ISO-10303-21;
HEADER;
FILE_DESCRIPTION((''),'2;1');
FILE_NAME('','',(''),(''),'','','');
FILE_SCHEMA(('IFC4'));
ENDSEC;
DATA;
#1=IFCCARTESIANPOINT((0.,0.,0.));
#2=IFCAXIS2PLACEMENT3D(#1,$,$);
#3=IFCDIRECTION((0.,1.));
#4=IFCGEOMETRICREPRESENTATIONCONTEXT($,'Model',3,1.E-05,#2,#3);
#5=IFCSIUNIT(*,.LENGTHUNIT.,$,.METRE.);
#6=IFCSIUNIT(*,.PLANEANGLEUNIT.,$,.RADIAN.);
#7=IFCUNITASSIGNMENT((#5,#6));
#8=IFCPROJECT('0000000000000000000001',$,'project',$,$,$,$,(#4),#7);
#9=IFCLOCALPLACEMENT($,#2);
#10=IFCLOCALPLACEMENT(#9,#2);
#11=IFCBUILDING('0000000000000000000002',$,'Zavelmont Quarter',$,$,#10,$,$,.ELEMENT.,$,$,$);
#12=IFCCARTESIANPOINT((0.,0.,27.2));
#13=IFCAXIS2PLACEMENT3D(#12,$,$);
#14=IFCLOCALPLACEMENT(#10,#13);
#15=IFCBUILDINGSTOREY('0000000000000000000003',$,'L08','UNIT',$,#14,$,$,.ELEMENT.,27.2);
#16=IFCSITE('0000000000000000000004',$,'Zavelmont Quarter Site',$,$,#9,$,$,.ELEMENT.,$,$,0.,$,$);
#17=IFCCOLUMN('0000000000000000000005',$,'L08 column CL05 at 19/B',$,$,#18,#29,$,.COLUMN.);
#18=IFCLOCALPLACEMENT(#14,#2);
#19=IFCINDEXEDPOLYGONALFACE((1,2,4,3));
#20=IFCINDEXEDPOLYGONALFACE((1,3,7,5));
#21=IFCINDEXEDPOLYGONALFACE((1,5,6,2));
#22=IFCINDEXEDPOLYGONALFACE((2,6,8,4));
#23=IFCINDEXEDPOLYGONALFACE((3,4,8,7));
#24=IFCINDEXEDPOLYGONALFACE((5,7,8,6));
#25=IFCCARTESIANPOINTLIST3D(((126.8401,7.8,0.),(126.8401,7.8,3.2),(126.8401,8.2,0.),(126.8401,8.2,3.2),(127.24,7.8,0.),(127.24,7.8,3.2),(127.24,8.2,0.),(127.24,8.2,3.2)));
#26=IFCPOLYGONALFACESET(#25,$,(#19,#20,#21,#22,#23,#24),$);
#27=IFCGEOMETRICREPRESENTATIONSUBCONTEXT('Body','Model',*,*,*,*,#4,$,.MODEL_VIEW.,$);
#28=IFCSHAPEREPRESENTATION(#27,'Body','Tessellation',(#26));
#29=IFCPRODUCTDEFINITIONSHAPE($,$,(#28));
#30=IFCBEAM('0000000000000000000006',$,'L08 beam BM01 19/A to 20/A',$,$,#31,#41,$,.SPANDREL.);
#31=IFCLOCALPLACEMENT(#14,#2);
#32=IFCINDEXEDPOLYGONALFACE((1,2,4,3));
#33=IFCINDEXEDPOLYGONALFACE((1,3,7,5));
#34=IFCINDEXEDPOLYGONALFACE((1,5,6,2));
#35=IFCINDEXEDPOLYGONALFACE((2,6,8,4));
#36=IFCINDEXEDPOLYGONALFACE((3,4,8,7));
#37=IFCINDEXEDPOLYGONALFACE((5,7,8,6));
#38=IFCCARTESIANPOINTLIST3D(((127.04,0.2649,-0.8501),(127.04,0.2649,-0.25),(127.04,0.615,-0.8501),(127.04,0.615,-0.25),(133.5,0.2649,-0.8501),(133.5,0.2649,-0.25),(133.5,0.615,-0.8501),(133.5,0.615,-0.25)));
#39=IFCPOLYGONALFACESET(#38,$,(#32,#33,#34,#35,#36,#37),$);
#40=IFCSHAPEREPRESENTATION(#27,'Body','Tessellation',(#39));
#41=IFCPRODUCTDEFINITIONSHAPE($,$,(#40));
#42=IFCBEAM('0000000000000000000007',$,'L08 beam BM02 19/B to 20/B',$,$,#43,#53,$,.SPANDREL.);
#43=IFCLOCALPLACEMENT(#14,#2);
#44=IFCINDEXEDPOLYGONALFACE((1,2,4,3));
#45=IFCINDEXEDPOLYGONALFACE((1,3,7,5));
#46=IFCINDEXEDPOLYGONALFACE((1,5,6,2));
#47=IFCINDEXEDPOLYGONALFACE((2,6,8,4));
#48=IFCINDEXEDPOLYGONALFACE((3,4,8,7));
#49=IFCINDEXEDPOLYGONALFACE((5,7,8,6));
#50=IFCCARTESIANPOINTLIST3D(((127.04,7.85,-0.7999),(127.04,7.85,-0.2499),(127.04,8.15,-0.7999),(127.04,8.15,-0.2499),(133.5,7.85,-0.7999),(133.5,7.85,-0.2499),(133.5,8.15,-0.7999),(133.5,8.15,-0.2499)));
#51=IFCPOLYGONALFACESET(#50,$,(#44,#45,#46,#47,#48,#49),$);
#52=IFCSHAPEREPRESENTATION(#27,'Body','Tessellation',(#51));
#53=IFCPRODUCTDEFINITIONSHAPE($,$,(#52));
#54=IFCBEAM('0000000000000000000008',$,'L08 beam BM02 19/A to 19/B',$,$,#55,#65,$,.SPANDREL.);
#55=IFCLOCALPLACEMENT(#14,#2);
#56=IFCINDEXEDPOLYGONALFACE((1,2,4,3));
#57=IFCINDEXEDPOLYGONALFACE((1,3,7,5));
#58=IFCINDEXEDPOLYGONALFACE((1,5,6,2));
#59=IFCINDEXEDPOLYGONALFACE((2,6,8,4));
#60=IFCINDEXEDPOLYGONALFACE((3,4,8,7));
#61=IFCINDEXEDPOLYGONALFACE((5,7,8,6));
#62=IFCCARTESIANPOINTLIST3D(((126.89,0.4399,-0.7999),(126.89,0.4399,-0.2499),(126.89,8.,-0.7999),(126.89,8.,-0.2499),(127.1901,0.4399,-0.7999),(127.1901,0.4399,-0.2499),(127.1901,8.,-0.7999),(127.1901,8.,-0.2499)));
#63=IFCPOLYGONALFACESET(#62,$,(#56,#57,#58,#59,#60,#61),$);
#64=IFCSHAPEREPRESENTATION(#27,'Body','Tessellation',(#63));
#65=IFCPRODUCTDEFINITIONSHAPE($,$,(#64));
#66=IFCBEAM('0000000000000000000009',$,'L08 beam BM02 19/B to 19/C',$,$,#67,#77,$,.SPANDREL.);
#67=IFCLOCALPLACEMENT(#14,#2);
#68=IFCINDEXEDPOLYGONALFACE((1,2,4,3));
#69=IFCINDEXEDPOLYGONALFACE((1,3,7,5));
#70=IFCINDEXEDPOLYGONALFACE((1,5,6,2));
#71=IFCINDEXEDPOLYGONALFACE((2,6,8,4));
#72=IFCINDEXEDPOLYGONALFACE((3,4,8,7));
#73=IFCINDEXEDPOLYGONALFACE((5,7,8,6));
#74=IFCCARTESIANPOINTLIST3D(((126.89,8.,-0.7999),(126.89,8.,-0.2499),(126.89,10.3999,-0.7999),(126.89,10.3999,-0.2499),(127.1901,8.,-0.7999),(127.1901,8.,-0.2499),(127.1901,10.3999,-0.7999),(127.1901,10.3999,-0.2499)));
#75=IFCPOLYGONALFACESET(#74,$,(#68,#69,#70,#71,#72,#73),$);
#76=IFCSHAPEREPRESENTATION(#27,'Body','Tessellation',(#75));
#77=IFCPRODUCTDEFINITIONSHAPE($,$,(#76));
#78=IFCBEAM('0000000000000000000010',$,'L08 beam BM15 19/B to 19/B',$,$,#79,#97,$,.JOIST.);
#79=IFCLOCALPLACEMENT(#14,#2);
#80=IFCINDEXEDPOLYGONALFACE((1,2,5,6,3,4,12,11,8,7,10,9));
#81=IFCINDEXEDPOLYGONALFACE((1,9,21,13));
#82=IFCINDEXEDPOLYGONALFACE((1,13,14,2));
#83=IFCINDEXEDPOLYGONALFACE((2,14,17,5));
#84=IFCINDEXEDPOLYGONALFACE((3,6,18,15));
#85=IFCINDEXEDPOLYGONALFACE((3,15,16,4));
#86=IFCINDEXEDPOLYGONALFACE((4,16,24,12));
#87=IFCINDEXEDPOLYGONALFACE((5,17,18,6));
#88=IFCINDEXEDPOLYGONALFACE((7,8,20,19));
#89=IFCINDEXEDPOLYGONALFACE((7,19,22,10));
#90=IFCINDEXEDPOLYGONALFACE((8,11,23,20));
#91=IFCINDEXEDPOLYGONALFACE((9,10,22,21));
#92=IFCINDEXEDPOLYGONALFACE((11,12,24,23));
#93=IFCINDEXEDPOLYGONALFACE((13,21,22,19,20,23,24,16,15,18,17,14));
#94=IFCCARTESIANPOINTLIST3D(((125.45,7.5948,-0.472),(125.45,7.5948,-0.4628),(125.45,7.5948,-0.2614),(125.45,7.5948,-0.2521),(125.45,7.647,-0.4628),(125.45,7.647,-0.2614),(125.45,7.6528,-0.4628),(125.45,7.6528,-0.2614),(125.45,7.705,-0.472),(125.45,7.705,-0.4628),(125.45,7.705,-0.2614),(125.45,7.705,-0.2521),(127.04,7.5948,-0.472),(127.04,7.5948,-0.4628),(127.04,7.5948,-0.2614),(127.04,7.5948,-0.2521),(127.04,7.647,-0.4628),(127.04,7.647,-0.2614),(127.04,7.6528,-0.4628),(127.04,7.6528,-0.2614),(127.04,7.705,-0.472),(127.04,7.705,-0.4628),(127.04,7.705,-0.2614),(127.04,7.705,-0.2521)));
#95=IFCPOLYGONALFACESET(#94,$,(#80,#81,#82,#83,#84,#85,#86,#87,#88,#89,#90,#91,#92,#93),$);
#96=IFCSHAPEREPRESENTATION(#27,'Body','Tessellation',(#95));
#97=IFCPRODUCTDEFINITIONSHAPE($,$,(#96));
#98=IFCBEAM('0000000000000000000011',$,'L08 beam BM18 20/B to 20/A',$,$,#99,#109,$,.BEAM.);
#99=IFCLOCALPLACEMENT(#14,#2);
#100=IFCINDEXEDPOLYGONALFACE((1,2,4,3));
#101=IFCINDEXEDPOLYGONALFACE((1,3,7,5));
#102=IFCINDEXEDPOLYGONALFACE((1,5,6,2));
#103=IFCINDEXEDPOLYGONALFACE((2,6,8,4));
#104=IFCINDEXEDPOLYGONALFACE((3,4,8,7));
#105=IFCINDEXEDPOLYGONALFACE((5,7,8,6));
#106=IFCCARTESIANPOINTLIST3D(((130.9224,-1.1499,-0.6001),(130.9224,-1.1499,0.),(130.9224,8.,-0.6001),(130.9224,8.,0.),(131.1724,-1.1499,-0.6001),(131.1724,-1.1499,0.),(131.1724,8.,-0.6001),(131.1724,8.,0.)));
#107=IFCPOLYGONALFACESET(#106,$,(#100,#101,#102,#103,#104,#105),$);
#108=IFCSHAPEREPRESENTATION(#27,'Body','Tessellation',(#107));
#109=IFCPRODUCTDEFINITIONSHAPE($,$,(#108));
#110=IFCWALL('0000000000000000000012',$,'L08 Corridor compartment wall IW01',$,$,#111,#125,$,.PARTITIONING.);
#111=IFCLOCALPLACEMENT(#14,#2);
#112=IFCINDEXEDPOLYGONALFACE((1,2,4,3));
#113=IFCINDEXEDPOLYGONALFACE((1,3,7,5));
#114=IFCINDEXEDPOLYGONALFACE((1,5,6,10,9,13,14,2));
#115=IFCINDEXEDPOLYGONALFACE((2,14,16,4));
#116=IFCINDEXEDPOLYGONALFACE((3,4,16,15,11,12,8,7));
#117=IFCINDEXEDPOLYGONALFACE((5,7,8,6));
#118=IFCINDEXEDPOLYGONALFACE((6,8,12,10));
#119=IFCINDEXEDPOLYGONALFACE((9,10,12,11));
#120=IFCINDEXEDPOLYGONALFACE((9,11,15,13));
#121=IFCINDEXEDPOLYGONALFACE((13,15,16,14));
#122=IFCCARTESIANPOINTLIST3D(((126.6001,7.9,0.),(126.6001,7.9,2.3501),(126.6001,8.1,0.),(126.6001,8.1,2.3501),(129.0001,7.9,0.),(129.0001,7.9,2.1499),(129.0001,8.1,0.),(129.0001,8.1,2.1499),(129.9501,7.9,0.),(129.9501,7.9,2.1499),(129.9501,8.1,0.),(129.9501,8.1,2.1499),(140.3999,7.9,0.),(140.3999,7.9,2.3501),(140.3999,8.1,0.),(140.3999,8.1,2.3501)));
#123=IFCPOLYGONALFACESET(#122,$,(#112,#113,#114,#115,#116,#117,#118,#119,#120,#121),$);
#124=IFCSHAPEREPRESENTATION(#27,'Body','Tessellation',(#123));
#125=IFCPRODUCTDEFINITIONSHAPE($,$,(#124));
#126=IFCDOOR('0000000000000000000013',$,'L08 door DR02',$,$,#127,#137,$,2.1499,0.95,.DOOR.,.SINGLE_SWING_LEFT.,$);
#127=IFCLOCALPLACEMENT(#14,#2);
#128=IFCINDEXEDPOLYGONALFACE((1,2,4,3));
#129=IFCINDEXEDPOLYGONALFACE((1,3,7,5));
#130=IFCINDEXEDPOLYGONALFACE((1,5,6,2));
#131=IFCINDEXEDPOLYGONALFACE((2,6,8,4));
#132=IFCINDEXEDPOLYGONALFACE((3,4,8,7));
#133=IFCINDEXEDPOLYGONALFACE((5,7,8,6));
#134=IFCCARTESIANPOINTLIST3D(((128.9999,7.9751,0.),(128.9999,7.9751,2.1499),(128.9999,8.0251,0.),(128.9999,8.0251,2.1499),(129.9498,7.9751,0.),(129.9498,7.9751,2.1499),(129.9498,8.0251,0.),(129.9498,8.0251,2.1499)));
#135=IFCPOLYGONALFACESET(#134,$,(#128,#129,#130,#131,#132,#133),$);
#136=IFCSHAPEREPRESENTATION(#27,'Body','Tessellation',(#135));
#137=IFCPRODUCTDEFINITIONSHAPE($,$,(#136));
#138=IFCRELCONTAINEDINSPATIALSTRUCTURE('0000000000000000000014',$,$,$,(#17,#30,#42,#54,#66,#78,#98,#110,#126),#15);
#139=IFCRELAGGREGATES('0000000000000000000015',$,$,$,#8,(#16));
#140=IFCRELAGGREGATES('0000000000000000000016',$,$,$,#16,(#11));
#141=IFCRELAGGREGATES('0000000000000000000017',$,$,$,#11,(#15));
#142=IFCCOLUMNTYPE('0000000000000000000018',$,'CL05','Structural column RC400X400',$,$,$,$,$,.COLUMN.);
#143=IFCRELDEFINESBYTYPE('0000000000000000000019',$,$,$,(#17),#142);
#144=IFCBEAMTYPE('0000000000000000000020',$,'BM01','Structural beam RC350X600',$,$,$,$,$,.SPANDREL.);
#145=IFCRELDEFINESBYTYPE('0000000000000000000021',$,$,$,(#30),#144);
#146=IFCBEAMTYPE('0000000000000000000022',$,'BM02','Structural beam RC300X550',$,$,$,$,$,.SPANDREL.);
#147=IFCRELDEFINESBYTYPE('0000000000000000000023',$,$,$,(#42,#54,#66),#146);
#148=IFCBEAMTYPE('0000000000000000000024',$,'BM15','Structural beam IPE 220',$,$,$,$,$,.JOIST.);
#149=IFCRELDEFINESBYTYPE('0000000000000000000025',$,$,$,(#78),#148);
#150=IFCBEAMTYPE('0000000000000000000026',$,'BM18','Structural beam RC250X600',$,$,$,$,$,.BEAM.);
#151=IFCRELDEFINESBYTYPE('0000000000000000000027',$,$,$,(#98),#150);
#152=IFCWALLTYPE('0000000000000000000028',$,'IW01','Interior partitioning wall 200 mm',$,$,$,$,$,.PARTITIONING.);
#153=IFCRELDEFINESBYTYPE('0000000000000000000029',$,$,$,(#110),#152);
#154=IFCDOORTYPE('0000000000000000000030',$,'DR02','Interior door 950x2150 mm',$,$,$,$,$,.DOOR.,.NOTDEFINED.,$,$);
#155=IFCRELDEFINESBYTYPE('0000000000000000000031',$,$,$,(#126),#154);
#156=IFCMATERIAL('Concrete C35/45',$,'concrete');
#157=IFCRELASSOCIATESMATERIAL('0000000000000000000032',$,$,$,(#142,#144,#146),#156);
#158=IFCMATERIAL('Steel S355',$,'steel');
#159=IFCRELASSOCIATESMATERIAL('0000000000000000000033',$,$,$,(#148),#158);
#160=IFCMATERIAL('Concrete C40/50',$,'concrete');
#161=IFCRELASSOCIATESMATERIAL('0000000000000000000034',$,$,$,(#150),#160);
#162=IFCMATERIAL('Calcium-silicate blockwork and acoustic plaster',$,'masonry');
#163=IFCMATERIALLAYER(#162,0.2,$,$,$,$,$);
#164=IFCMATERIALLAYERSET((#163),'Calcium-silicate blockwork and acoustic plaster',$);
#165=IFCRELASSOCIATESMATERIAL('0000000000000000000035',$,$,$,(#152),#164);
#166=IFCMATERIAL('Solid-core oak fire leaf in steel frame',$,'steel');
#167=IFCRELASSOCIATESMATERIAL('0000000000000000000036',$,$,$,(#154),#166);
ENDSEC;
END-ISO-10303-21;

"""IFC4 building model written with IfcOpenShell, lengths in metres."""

from ifc_helpers import new_model, si_unit, direction, frame, frame_2d, origin, origin_2d, place, context, subcontext, project, spatial, rectangle, i_section, extrude, material, layer, layer_set, material_profile, profile_set, type_object, element, fill, save


model = new_model("IFC4")

# Units and contexts
model_context = context("Model", 3, precision=1e-05, world=origin(), true_north=direction((0.0, 1.0)))
body_context = subcontext(model_context, "Body", "Model", "MODEL_VIEW")
ifc_project = project(units=[si_unit("LENGTHUNIT", "METRE"), si_unit("PLANEANGLEUNIT", "RADIAN")], contexts=[model_context])

# Site, building, storey
site_placement = place(None, origin())
site = spatial("IfcSite", under=ifc_project, at=site_placement, Name="Zavelmont Quarter Site", CompositionType="ELEMENT", RefElevation=0.0)
building_placement = place(site_placement, origin())
building = spatial("IfcBuilding", under=site, at=building_placement, Name="Zavelmont Quarter", CompositionType="ELEMENT")
storey_placement = place(building_placement, frame((0.0, 0.0, 27.2)))
storey = spatial("IfcBuildingStorey", under=building, at=storey_placement, Name="L08", Description="UNIT", CompositionType="ELEMENT", Elevation=27.2)

# Column
ifc_material_1 = material(Name="Concrete C35/45", Category="concrete")
ifc_material_profile_1 = material_profile(ifc_material_1, rectangle(XDim=0.3999, YDim=0.3999, at=origin_2d()), Name="RC400X400")
ifc_profile_set_1 = profile_set([ifc_material_profile_1], Name="Concrete C35/45")
column_type = type_object("IfcColumnType", Name="CL05", Description="Structural column RC400X400", PredefinedType="COLUMN", material=ifc_profile_set_1)
column_placement = place(storey_placement, frame((127.04, 8.0, 0.0), z_axis=(0.0, 0.0, 1.0), x_axis=(1.0, 0.0, 0.0)))
element("IfcColumn", 1, at=column_placement, inside=storey, type_object=column_type, Name="L08 column CL05 at 19/B", PredefinedType="COLUMN", context=body_context, shape_type="SweptSolid", body=[
    extrude(rectangle(XDim=0.3999, YDim=0.3999, at=origin_2d()), origin(), (0.0, 0.0, 1.0), 3.2),
])

# Beams
ifc_material_profile_2 = material_profile(ifc_material_1, rectangle(XDim=0.3501, YDim=0.6001, at=origin_2d()), Name="RC350X600")
ifc_profile_set_2 = profile_set([ifc_material_profile_2], Name="Concrete C35/45")
beam_type_1 = type_object("IfcBeamType", Name="BM01", Description="Structural beam RC350X600", PredefinedType="SPANDREL", material=ifc_profile_set_2)
beam_1_placement = place(storey_placement, frame((127.04, 0.4399, -0.55), z_axis=(1.0, 0.0, 0.0), x_axis=(0.0, 1.0, 0.0)))
element("IfcBeam", 2, at=beam_1_placement, inside=storey, type_object=beam_type_1, Name="L08 beam BM01 19/A to 20/A", PredefinedType="SPANDREL", context=body_context, shape_type="SweptSolid", body=[
    extrude(rectangle(XDim=0.3501, YDim=0.6001, at=origin_2d()), origin(), (0.0, 0.0, 1.0), 6.46),
])
ifc_material_profile_3 = material_profile(ifc_material_1, rectangle(XDim=0.3, YDim=0.55, at=origin_2d()), Name="RC300X550")
ifc_profile_set_3 = profile_set([ifc_material_profile_3], Name="Concrete C35/45")
beam_type_2 = type_object("IfcBeamType", Name="BM02", Description="Structural beam RC300X550", PredefinedType="SPANDREL", material=ifc_profile_set_3)
beam_2_placement = place(storey_placement, frame((127.04, 8.0, -0.5249), z_axis=(1.0, 0.0, 0.0), x_axis=(0.0, 1.0, 0.0)))
element("IfcBeam", 3, at=beam_2_placement, inside=storey, type_object=beam_type_2, Name="L08 beam BM02 19/B to 20/B", PredefinedType="SPANDREL", context=body_context, shape_type="SweptSolid", body=[
    extrude(rectangle(XDim=0.3, YDim=0.55, at=origin_2d()), origin(), (0.0, 0.0, 1.0), 6.46),
])
beam_3_placement = place(storey_placement, frame((127.04, 0.4399, -0.5249), z_axis=(0.0, 1.0, 0.0), x_axis=(-1.0, 0.0, 0.0)))
element("IfcBeam", 4, at=beam_3_placement, inside=storey, type_object=beam_type_2, Name="L08 beam BM02 19/A to 19/B", PredefinedType="SPANDREL", context=body_context, shape_type="SweptSolid", body=[
    extrude(rectangle(XDim=0.3, YDim=0.55, at=origin_2d()), origin(), (0.0, 0.0, 1.0), 7.5601),
])
beam_4_placement = place(storey_placement, frame((127.04, 8.0, -0.5249), z_axis=(0.0, 1.0, 0.0), x_axis=(-1.0, 0.0, 0.0)))
element("IfcBeam", 5, at=beam_4_placement, inside=storey, type_object=beam_type_2, Name="L08 beam BM02 19/B to 19/C", PredefinedType="SPANDREL", context=body_context, shape_type="SweptSolid", body=[
    extrude(rectangle(XDim=0.3, YDim=0.55, at=origin_2d()), origin(), (0.0, 0.0, 1.0), 2.3999),
])
ifc_material_2 = material(Name="Steel S355", Category="steel")
ifc_material_profile_4 = material_profile(ifc_material_2, i_section(OverallWidth=0.1101, OverallDepth=0.22, WebThickness=0.0059, FlangeThickness=0.0093, at=origin_2d()), Name="IPE 220")
ifc_profile_set_4 = profile_set([ifc_material_profile_4], Name="Steel S355")
beam_type_3 = type_object("IfcBeamType", Name="BM15", Description="Structural beam IPE 220", PredefinedType="JOIST", material=ifc_profile_set_4)
beam_5_placement = place(storey_placement, frame((127.04, 7.6499, -0.3621), z_axis=(-1.0, 0.0, 0.0), x_axis=(0.0, -1.0, 0.0)))
element("IfcBeam", 6, at=beam_5_placement, inside=storey, type_object=beam_type_3, Name="L08 beam BM15 19/B to 19/B", PredefinedType="JOIST", context=body_context, shape_type="SweptSolid", body=[
    extrude(i_section(OverallWidth=0.1101, OverallDepth=0.22, WebThickness=0.0059, FlangeThickness=0.0093, at=origin_2d()), origin(), (0.0, 0.0, 1.0), 1.5901),
])
ifc_material_3 = material(Name="Concrete C40/50", Category="concrete")
ifc_material_profile_5 = material_profile(ifc_material_3, rectangle(XDim=0.25, YDim=0.6001, at=origin_2d()), Name="RC250X600")
ifc_profile_set_5 = profile_set([ifc_material_profile_5], Name="Concrete C40/50")
beam_type_4 = type_object("IfcBeamType", Name="BM18", Description="Structural beam RC250X600", PredefinedType="BEAM", material=ifc_profile_set_5)
beam_6_placement = place(storey_placement, frame((131.0474, 8.0, -0.3), z_axis=(0.0, -1.0, 0.0), x_axis=(1.0, 0.0, 0.0)))
element("IfcBeam", 7, at=beam_6_placement, inside=storey, type_object=beam_type_4, Name="L08 beam BM18 20/B to 20/A", PredefinedType="BEAM", context=body_context, shape_type="SweptSolid", body=[
    extrude(rectangle(XDim=0.25, YDim=0.6001, at=origin_2d()), origin(), (0.0, 0.0, 1.0), 9.1499),
])

# Wall, opening, door
ifc_material_4 = material(Name="Calcium-silicate blockwork and acoustic plaster", Category="masonry")
ifc_layer = layer(ifc_material_4, 0.2)
ifc_layer_set = layer_set([ifc_layer], Name="Calcium-silicate blockwork and acoustic plaster")
wall_type = type_object("IfcWallType", Name="IW01", Description="Interior partitioning wall 200 mm", PredefinedType="PARTITIONING", material=ifc_layer_set)
wall_placement = place(storey_placement, frame((126.6001, 8.0, 0.0), z_axis=(0.0, 0.0, 1.0), x_axis=(1.0, 0.0, 0.0)))
wall = element("IfcWall", 8, at=wall_placement, inside=storey, type_object=wall_type, Name="L08 Corridor compartment wall IW01", PredefinedType="PARTITIONING", context=body_context, shape_type="SweptSolid", body=[
    extrude(rectangle(XDim=13.7998, YDim=0.2, at=frame_2d((6.8999, 0.0))), origin(), (0.0, 0.0, 1.0), 2.3501),
])
opening_placement = place(wall_placement, frame((2.3999, 0.0, 0.0)))
opening = element("IfcOpeningElement", 9, at=opening_placement, cuts=wall, PredefinedType="OPENING", context=body_context, shape_type="SweptSolid", body=[
    extrude(rectangle(XDim=0.95, YDim=2.1499, at=frame_2d((0.4751, 1.075))), frame((0.0, 0.1118, 0.0), z_axis=(0.0, -1.0, 0.0), x_axis=(1.0, 0.0, 0.0)), (0.0, 0.0, 1.0), 0.2239),
])
ifc_material_5 = material(Name="Solid-core oak fire leaf in steel frame", Category="steel")
door_type = type_object("IfcDoorType", Name="DR02", Description="Interior door 950x2150 mm", OperationType="NOTDEFINED", PredefinedType="DOOR", material=ifc_material_5)
door_placement = place(opening_placement, frame((0.95, 0.0, 0.0), z_axis=(0.0, 0.0, 1.0), x_axis=(-1.0, 0.0, 0.0)))
door = element("IfcDoor", 10, at=door_placement, inside=storey, type_object=door_type, Name="L08 door DR02", OperationType="SINGLE_SWING_LEFT", OverallHeight=2.1499, OverallWidth=0.95, PredefinedType="DOOR", context=body_context, shape_type="SweptSolid", body=[
    extrude(rectangle(XDim=0.95, YDim=2.1499, at=frame_2d((0.4751, 1.075))), frame((0.0, 0.0249, 0.0), z_axis=(0.0, -1.0, 0.0), x_axis=(1.0, 0.0, 0.0)), (0.0, 0.0, 1.0), 0.05),
])
fill(opening, door)

save(model, "model.ifc")
